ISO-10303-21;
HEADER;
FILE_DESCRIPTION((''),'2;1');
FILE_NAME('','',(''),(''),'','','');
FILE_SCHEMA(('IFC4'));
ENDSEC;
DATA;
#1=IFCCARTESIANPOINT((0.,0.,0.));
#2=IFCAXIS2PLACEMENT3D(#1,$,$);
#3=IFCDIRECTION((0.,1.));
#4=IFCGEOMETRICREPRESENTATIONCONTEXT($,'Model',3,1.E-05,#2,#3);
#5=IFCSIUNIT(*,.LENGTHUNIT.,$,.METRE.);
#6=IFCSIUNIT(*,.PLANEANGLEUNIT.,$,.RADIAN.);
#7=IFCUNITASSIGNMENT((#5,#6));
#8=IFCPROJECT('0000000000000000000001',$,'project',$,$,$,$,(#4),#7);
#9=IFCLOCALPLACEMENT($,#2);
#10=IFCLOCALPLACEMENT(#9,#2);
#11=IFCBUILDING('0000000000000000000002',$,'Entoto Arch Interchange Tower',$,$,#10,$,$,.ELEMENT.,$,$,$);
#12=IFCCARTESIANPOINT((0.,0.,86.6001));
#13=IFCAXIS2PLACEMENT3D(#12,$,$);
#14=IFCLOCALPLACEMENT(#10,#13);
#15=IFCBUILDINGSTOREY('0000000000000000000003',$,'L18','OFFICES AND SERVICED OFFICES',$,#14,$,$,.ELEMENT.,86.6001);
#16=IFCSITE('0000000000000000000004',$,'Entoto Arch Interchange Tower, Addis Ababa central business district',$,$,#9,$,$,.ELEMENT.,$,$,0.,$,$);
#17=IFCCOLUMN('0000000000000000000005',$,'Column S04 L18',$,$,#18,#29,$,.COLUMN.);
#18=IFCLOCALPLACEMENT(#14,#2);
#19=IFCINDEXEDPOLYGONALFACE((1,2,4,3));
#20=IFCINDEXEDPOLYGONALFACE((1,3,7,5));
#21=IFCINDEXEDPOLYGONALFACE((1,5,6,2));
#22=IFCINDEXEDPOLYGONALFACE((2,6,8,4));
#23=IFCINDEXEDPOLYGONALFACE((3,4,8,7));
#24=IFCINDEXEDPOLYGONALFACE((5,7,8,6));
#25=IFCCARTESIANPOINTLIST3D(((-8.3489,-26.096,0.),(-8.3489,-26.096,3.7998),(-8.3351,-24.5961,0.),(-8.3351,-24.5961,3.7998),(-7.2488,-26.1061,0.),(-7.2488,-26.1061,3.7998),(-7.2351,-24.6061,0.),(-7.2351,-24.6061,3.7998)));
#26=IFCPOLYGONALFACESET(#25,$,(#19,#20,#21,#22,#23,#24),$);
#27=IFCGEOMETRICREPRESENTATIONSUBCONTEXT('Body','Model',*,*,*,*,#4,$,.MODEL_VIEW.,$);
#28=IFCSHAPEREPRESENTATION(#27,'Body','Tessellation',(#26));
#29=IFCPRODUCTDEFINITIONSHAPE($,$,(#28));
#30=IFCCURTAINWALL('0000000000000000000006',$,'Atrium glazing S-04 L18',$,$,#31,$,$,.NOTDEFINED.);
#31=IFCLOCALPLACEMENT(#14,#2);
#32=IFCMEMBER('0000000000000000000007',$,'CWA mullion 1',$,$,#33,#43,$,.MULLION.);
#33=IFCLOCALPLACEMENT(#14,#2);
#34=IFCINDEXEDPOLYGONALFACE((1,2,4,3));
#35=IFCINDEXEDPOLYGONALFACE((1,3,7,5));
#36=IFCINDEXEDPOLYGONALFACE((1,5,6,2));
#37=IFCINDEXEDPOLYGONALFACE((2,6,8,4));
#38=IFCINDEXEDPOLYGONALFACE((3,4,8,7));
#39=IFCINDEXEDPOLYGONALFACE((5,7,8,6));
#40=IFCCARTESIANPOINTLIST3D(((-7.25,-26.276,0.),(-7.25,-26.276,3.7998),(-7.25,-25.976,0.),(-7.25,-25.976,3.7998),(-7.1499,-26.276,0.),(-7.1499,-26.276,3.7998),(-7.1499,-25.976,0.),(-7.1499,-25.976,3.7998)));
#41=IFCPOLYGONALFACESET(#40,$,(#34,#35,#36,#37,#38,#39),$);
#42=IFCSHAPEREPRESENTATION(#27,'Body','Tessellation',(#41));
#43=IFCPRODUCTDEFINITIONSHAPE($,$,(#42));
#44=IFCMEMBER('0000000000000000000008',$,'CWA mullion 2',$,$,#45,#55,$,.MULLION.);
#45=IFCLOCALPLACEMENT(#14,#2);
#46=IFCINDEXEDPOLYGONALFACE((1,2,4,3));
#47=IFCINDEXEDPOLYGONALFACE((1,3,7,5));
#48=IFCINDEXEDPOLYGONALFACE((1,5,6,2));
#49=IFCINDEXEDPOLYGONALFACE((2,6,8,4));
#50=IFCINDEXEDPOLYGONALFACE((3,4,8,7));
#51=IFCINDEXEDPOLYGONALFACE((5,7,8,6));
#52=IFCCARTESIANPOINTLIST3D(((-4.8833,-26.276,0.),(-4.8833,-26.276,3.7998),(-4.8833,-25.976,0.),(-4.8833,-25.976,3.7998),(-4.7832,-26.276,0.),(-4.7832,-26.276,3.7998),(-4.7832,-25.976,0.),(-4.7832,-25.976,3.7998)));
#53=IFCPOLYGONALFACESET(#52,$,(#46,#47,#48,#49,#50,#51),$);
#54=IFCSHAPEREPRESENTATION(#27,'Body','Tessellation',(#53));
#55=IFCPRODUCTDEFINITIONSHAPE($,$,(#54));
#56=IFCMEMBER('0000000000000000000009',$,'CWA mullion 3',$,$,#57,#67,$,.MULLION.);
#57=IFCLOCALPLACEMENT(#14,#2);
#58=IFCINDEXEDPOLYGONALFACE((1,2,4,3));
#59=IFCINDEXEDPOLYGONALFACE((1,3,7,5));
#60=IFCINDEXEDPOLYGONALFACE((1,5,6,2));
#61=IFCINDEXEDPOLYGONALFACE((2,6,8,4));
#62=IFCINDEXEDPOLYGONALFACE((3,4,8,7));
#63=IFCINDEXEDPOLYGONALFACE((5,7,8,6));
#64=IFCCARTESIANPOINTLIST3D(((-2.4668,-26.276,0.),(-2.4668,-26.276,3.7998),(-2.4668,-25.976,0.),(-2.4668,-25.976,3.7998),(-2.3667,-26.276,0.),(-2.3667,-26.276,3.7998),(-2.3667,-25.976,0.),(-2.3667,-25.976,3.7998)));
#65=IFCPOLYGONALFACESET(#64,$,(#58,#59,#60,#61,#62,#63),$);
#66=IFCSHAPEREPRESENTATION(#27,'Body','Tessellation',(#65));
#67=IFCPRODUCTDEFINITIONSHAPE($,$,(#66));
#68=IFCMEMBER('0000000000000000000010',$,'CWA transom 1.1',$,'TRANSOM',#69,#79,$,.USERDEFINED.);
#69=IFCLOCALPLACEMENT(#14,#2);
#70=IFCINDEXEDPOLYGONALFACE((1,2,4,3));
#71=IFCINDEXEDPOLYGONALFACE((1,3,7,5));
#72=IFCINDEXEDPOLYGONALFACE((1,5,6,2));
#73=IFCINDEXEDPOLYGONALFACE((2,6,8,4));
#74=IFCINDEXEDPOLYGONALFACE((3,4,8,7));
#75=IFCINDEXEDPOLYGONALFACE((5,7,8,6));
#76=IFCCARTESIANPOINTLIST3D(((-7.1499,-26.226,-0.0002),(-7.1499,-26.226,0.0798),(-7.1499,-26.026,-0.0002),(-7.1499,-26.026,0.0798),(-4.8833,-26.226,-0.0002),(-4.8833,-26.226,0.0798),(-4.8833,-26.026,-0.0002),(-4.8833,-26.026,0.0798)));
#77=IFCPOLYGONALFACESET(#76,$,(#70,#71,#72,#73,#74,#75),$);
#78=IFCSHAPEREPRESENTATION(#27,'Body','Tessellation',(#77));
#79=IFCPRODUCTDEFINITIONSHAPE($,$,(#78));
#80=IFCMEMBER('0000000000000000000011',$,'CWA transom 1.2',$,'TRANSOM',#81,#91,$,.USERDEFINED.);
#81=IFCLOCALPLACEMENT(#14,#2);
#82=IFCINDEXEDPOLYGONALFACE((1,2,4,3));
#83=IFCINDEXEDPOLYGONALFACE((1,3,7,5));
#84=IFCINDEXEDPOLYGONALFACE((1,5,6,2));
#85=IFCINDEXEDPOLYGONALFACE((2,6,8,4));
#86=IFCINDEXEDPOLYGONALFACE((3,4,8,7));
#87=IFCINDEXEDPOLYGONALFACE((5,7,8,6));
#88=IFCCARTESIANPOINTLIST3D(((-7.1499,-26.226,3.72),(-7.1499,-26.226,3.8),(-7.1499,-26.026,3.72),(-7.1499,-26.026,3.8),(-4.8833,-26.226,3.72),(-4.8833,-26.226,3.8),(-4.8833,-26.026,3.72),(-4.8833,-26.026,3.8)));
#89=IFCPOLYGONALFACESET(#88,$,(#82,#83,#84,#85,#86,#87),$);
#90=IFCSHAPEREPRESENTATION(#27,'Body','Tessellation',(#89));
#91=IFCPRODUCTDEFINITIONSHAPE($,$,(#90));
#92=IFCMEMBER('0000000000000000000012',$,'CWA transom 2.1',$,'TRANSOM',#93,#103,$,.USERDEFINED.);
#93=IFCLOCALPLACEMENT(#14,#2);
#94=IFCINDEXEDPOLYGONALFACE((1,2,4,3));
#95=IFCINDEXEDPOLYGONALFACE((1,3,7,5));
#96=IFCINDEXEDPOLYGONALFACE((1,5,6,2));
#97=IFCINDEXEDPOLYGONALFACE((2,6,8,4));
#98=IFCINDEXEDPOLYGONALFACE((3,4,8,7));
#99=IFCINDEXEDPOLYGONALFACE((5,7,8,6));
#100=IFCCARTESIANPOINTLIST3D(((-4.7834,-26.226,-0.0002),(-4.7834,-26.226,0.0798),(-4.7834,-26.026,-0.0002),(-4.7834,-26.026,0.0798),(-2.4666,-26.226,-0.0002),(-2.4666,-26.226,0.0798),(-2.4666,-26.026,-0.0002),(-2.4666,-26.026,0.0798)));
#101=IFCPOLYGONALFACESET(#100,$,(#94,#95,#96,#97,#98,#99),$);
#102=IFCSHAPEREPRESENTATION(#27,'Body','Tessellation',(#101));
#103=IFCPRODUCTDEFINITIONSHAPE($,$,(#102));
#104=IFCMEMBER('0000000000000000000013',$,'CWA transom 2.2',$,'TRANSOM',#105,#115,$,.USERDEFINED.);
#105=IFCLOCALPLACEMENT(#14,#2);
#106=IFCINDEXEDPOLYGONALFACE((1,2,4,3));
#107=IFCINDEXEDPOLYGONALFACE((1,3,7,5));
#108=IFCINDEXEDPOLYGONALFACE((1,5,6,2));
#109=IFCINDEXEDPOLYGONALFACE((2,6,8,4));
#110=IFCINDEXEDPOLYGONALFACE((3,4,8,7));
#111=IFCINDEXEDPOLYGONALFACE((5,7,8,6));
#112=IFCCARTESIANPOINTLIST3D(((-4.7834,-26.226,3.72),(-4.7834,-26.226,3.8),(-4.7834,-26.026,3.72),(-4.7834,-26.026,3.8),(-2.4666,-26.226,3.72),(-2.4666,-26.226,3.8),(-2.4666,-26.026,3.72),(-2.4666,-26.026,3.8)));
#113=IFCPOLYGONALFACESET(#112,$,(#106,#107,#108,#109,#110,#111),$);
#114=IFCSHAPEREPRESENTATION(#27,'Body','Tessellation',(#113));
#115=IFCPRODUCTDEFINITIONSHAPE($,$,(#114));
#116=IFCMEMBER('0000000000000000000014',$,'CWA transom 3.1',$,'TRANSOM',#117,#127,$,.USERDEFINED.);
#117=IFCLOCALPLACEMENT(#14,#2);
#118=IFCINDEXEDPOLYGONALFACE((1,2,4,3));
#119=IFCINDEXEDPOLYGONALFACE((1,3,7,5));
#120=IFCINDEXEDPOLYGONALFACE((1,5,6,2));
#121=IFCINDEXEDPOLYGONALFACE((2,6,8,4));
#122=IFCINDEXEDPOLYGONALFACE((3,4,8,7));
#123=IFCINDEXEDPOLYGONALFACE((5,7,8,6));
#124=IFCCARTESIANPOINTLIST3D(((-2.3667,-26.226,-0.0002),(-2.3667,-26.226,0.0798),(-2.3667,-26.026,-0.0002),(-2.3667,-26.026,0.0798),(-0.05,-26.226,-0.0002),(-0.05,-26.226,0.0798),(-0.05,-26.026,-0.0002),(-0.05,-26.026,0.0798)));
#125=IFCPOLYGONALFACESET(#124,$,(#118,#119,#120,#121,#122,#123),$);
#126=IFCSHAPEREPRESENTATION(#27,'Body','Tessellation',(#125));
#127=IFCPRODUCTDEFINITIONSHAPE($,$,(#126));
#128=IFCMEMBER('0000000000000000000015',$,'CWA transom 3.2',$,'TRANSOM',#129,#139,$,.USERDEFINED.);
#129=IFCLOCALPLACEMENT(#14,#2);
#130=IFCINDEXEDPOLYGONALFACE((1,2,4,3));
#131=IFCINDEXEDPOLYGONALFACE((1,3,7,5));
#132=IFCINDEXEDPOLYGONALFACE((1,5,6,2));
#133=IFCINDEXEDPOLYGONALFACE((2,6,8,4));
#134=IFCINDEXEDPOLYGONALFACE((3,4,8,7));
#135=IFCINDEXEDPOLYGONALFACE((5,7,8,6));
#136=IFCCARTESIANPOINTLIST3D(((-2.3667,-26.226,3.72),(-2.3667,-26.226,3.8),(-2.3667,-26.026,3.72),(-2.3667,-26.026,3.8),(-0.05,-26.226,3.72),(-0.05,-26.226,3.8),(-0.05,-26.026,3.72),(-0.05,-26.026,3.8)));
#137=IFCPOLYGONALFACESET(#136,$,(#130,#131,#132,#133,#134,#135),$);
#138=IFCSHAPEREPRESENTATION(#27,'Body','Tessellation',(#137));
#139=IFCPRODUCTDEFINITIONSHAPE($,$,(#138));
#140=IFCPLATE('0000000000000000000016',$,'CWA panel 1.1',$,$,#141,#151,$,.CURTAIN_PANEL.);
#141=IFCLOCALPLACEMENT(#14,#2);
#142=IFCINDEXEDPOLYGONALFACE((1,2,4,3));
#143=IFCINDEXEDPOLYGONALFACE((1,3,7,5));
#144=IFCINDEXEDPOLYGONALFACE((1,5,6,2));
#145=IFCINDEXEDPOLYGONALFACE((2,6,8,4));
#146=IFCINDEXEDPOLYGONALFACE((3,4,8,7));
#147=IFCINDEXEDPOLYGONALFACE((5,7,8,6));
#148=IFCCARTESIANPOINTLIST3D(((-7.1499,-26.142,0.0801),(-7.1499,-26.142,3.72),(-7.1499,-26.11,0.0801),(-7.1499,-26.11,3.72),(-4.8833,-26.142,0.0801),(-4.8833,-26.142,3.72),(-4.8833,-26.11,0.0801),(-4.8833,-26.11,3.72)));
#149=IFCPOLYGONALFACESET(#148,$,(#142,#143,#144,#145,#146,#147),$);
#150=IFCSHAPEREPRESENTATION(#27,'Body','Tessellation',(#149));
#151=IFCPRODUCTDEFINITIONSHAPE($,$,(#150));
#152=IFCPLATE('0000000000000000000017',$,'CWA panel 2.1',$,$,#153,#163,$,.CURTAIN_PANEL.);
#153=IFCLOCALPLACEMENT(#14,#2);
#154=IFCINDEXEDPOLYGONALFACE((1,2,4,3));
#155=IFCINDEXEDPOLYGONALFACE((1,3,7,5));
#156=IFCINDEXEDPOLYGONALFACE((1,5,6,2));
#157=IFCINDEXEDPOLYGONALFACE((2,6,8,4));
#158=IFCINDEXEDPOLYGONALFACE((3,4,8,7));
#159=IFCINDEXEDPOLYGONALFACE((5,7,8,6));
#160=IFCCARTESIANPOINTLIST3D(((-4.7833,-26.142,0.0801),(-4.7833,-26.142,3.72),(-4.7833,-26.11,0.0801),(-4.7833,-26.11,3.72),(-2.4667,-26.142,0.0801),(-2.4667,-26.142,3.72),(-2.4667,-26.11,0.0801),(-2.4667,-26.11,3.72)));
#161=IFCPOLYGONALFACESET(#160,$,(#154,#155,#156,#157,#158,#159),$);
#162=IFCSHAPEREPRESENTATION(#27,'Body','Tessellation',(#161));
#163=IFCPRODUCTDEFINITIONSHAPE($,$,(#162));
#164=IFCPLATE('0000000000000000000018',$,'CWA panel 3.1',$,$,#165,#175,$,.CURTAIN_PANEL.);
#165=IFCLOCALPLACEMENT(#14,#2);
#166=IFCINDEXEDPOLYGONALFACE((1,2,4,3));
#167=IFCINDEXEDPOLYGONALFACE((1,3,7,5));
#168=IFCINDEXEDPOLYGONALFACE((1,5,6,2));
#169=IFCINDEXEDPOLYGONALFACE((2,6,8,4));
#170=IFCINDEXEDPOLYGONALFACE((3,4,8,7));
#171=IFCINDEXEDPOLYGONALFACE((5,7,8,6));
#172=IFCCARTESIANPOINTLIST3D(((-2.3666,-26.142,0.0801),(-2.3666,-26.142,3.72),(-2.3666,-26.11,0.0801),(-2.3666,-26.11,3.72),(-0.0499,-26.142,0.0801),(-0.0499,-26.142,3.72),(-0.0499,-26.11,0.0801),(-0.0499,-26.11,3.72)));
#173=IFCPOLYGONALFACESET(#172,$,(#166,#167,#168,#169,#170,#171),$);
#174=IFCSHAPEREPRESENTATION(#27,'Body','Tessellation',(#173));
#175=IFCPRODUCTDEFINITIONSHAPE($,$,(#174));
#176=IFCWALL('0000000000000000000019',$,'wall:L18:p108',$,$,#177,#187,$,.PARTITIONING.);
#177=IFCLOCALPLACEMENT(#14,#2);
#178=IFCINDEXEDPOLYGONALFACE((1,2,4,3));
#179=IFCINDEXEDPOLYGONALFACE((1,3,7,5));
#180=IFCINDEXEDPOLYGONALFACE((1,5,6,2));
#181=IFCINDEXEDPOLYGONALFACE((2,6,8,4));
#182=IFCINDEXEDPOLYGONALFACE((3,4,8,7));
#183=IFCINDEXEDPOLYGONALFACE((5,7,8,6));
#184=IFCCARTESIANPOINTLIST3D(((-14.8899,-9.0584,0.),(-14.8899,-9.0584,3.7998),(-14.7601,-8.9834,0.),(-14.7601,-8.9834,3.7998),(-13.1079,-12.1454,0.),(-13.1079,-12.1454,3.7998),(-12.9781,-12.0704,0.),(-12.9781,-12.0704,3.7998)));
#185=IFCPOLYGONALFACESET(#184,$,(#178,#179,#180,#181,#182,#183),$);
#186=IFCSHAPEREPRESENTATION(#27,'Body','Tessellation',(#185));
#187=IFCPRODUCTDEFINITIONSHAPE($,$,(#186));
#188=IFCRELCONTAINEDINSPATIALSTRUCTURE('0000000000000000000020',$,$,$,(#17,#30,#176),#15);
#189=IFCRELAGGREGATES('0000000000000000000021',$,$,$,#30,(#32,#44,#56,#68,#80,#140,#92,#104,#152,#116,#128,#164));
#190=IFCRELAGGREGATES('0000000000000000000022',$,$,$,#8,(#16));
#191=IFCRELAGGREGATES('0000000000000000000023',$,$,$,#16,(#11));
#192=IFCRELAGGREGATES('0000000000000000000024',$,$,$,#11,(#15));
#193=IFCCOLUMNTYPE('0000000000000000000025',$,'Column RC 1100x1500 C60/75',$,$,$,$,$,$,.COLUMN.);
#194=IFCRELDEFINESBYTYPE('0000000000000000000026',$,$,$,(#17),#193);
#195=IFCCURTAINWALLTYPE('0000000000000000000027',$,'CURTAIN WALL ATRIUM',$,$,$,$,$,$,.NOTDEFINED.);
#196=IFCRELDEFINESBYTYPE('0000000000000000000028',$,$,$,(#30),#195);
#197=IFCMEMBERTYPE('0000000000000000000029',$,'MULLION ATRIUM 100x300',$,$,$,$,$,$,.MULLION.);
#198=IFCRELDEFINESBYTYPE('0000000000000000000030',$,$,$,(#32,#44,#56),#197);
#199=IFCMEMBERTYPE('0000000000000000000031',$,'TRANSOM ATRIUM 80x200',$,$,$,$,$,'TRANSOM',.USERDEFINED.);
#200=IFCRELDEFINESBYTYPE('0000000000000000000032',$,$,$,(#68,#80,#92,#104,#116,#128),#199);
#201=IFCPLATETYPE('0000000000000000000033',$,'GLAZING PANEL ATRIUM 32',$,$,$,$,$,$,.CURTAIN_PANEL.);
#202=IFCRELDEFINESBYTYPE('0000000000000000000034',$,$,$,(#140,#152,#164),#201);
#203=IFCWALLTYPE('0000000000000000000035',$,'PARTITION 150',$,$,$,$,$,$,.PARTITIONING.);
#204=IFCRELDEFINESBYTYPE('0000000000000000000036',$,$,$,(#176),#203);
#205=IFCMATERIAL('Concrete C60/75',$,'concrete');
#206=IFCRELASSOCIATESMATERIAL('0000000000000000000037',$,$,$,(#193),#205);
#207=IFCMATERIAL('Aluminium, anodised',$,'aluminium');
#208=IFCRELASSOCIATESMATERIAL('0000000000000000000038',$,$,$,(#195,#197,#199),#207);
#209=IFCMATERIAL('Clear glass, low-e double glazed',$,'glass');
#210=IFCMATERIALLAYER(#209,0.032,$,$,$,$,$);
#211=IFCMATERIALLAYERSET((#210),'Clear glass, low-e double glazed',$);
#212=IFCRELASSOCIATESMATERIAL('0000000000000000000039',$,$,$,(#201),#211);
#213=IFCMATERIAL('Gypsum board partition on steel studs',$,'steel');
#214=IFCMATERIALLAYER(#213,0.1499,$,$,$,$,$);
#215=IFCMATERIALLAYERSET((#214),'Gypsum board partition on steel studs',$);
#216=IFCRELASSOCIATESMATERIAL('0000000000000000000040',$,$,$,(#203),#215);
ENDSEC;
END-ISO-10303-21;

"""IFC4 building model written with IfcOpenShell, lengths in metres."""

from ifc_helpers import new_model, si_unit, direction, frame, frame_2d, origin, origin_2d, place, context, subcontext, project, spatial, rectangle, extrude, material, layer, layer_set, material_profile, profile_set, type_object, element, aggregate, save


model = new_model("IFC4")

# Units and contexts
model_context = context("Model", 3, precision=1e-05, world=origin(), true_north=direction((0.0, 1.0)))
body_context = subcontext(model_context, "Body", "Model", "MODEL_VIEW")
ifc_project = project(units=[si_unit("LENGTHUNIT", "METRE"), si_unit("PLANEANGLEUNIT", "RADIAN")], contexts=[model_context])

# Site, building, storey
site_placement = place(None, origin())
site = spatial("IfcSite", under=ifc_project, at=site_placement, Name="Entoto Arch Interchange Tower, Addis Ababa central business district", CompositionType="ELEMENT", RefElevation=0.0)
building_placement = place(site_placement, origin())
building = spatial("IfcBuilding", under=site, at=building_placement, Name="Entoto Arch Interchange Tower", CompositionType="ELEMENT")
storey_placement = place(building_placement, frame((0.0, 0.0, 86.6001)))
storey = spatial("IfcBuildingStorey", under=building, at=storey_placement, Name="L18", Description="OFFICES AND SERVICED OFFICES", CompositionType="ELEMENT", Elevation=86.6001)

# Column
ifc_material_1 = material(Name="Concrete C60/75", Category="concrete")
ifc_material_profile_1 = material_profile(ifc_material_1, rectangle(XDim=1.1001, YDim=1.5, at=origin_2d()))
ifc_profile_set_1 = profile_set([ifc_material_profile_1], Name="Concrete C60/75")
column_type = type_object("IfcColumnType", Name="Column RC 1100x1500 C60/75", PredefinedType="COLUMN", material=ifc_profile_set_1)
column_placement = place(storey_placement, frame((-7.792, -25.3511, 0.0), z_axis=(0.0, 0.0, 1.0), x_axis=(-0.999958, 0.009163, 0.0)))
element("IfcColumn", 1, at=column_placement, inside=storey, type_object=column_type, Name="Column S04 L18", PredefinedType="COLUMN", context=body_context, shape_type="SweptSolid", body=[
    extrude(rectangle(XDim=1.1001, YDim=1.5, at=origin_2d()), origin(), (0.0, 0.0, 1.0), 3.7998),
])

# Curtain wall, members, plates
ifc_material_2 = material(Name="Aluminium, anodised", Category="aluminium")
curtain_wall_type = type_object("IfcCurtainWallType", Name="CURTAIN WALL ATRIUM", PredefinedType="NOTDEFINED", material=ifc_material_2)
curtain_wall_placement = place(storey_placement, origin())
curtain_wall = element("IfcCurtainWall", 2, at=curtain_wall_placement, inside=storey, type_object=curtain_wall_type, Name="Atrium glazing S-04 L18", PredefinedType="NOTDEFINED")
ifc_material_profile_2 = material_profile(ifc_material_2, rectangle(XDim=0.3, YDim=0.1001, at=origin_2d()))
ifc_profile_set_2 = profile_set([ifc_material_profile_2], Name="Aluminium, anodised")
member_type_1 = type_object("IfcMemberType", Name="MULLION ATRIUM 100x300", PredefinedType="MULLION", material=ifc_profile_set_2)
member_1_placement = place(storey_placement, frame((-7.2, -26.126, 0.0), z_axis=(0.0, 0.0, 1.0), x_axis=(0.0, 1.0, 0.0)))
member_1 = element("IfcMember", 3, at=member_1_placement, type_object=member_type_1, Name="CWA mullion 1", PredefinedType="MULLION", context=body_context, shape_type="SweptSolid", body=[
    extrude(rectangle(XDim=0.3, YDim=0.1001, at=origin_2d()), origin(), (0.0, 0.0, 1.0), 3.7998),
])
member_2_placement = place(storey_placement, frame((-4.8333, -26.126, 0.0), z_axis=(0.0, 0.0, 1.0), x_axis=(0.0, 1.0, 0.0)))
member_2 = element("IfcMember", 4, at=member_2_placement, type_object=member_type_1, Name="CWA mullion 2", PredefinedType="MULLION", context=body_context, shape_type="SweptSolid", body=[
    extrude(rectangle(XDim=0.3, YDim=0.1001, at=origin_2d()), origin(), (0.0, 0.0, 1.0), 3.7998),
])
member_3_placement = place(storey_placement, frame((-2.4167, -26.126, 0.0), z_axis=(0.0, 0.0, 1.0), x_axis=(0.0, 1.0, 0.0)))
member_3 = element("IfcMember", 5, at=member_3_placement, type_object=member_type_1, Name="CWA mullion 3", PredefinedType="MULLION", context=body_context, shape_type="SweptSolid", body=[
    extrude(rectangle(XDim=0.3, YDim=0.1001, at=origin_2d()), origin(), (0.0, 0.0, 1.0), 3.7998),
])
ifc_material_profile_3 = material_profile(ifc_material_2, rectangle(XDim=0.2, YDim=0.0801, at=origin_2d()))
ifc_profile_set_3 = profile_set([ifc_material_profile_3], Name="Aluminium, anodised")
member_type_2 = type_object("IfcMemberType", Name="TRANSOM ATRIUM 80x200", ElementType="TRANSOM", PredefinedType="USERDEFINED", material=ifc_profile_set_3)
member_4_placement = place(storey_placement, frame((-7.1499, -26.126, 0.0398), z_axis=(1.0, 0.0, 0.0), x_axis=(0.0, 1.0, 0.0)))
member_4 = element("IfcMember", 6, at=member_4_placement, type_object=member_type_2, Name="CWA transom 1.1", ObjectType="TRANSOM", PredefinedType="USERDEFINED", context=body_context, shape_type="SweptSolid", body=[
    extrude(rectangle(XDim=0.2, YDim=0.0801, at=origin_2d()), origin(), (0.0, 0.0, 1.0), 2.2666),
])
member_5_placement = place(storey_placement, frame((-7.1499, -26.126, 3.76), z_axis=(1.0, 0.0, 0.0), x_axis=(0.0, 1.0, 0.0)))
member_5 = element("IfcMember", 7, at=member_5_placement, type_object=member_type_2, Name="CWA transom 1.2", ObjectType="TRANSOM", PredefinedType="USERDEFINED", context=body_context, shape_type="SweptSolid", body=[
    extrude(rectangle(XDim=0.2, YDim=0.0801, at=origin_2d()), origin(), (0.0, 0.0, 1.0), 2.2666),
])
member_6_placement = place(storey_placement, frame((-4.7834, -26.126, 0.0398), z_axis=(1.0, 0.0, 0.0), x_axis=(0.0, 1.0, 0.0)))
member_6 = element("IfcMember", 8, at=member_6_placement, type_object=member_type_2, Name="CWA transom 2.1", ObjectType="TRANSOM", PredefinedType="USERDEFINED", context=body_context, shape_type="SweptSolid", body=[
    extrude(rectangle(XDim=0.2, YDim=0.0801, at=origin_2d()), origin(), (0.0, 0.0, 1.0), 2.3169),
])
member_7_placement = place(storey_placement, frame((-4.7834, -26.126, 3.76), z_axis=(1.0, 0.0, 0.0), x_axis=(0.0, 1.0, 0.0)))
member_7 = element("IfcMember", 9, at=member_7_placement, type_object=member_type_2, Name="CWA transom 2.2", ObjectType="TRANSOM", PredefinedType="USERDEFINED", context=body_context, shape_type="SweptSolid", body=[
    extrude(rectangle(XDim=0.2, YDim=0.0801, at=origin_2d()), origin(), (0.0, 0.0, 1.0), 2.3169),
])
member_8_placement = place(storey_placement, frame((-2.3667, -26.126, 0.0398), z_axis=(1.0, 0.0, 0.0), x_axis=(0.0, 1.0, 0.0)))
member_8 = element("IfcMember", 10, at=member_8_placement, type_object=member_type_2, Name="CWA transom 3.1", ObjectType="TRANSOM", PredefinedType="USERDEFINED", context=body_context, shape_type="SweptSolid", body=[
    extrude(rectangle(XDim=0.2, YDim=0.0801, at=origin_2d()), origin(), (0.0, 0.0, 1.0), 2.3167),
])
member_9_placement = place(storey_placement, frame((-2.3667, -26.126, 3.76), z_axis=(1.0, 0.0, 0.0), x_axis=(0.0, 1.0, 0.0)))
member_9 = element("IfcMember", 11, at=member_9_placement, type_object=member_type_2, Name="CWA transom 3.2", ObjectType="TRANSOM", PredefinedType="USERDEFINED", context=body_context, shape_type="SweptSolid", body=[
    extrude(rectangle(XDim=0.2, YDim=0.0801, at=origin_2d()), origin(), (0.0, 0.0, 1.0), 2.3167),
])
ifc_material_3 = material(Name="Clear glass, low-e double glazed", Category="glass")
ifc_layer_1 = layer(ifc_material_3, 0.032)
ifc_layer_set_1 = layer_set([ifc_layer_1], Name="Clear glass, low-e double glazed")
plate_type = type_object("IfcPlateType", Name="GLAZING PANEL ATRIUM 32", PredefinedType="CURTAIN_PANEL", material=ifc_layer_set_1)
plate_1_placement = place(storey_placement, frame((-6.0166, -26.126, 0.0801), z_axis=(0.0, 0.0, 1.0), x_axis=(1.0, 0.0, 0.0)))
plate_1 = element("IfcPlate", 12, at=plate_1_placement, type_object=plate_type, Name="CWA panel 1.1", PredefinedType="CURTAIN_PANEL", context=body_context, shape_type="SweptSolid", body=[
    extrude(rectangle(XDim=2.2666, YDim=0.032, at=origin_2d()), origin(), (0.0, 0.0, 1.0), 3.6399),
])
plate_2_placement = place(storey_placement, frame((-3.625, -26.126, 0.0801), z_axis=(0.0, 0.0, 1.0), x_axis=(1.0, 0.0, 0.0)))
plate_2 = element("IfcPlate", 13, at=plate_2_placement, type_object=plate_type, Name="CWA panel 2.1", PredefinedType="CURTAIN_PANEL", context=body_context, shape_type="SweptSolid", body=[
    extrude(rectangle(XDim=2.3167, YDim=0.032, at=origin_2d()), origin(), (0.0, 0.0, 1.0), 3.6399),
])
plate_3_placement = place(storey_placement, frame((-1.2083, -26.126, 0.0801), z_axis=(0.0, 0.0, 1.0), x_axis=(1.0, 0.0, 0.0)))
plate_3 = element("IfcPlate", 14, at=plate_3_placement, type_object=plate_type, Name="CWA panel 3.1", PredefinedType="CURTAIN_PANEL", context=body_context, shape_type="SweptSolid", body=[
    extrude(rectangle(XDim=2.3167, YDim=0.032, at=origin_2d()), origin(), (0.0, 0.0, 1.0), 3.6399),
])
aggregate(curtain_wall, [member_1, member_2, member_3, member_4, member_5, plate_1, member_6, member_7, plate_2, member_8, member_9, plate_3])

# Wall
ifc_material_4 = material(Name="Gypsum board partition on steel studs", Category="steel")
ifc_layer_2 = layer(ifc_material_4, 0.1499)
ifc_layer_set_2 = layer_set([ifc_layer_2], Name="Gypsum board partition on steel studs")
wall_type_1 = type_object("IfcWallType", Name="PARTITION 150", PredefinedType="PARTITIONING", material=ifc_layer_set_2)
wall_1_placement = place(storey_placement, frame((-13.043, -12.1079, 0.0), z_axis=(0.0, 0.0, 1.0), x_axis=(-0.499948, 0.866056, 0.0)))
element("IfcWall", 15, at=wall_1_placement, inside=storey, type_object=wall_type_1, Name="wall:L18:p108", PredefinedType="PARTITIONING", context=body_context, shape_type="SweptSolid", body=[
    extrude(rectangle(XDim=3.5645, YDim=0.1499, at=frame_2d((1.7822, 0.0))), origin(), (0.0, 0.0, 1.0), 3.7998),
])

save(model, "model.ifc")
